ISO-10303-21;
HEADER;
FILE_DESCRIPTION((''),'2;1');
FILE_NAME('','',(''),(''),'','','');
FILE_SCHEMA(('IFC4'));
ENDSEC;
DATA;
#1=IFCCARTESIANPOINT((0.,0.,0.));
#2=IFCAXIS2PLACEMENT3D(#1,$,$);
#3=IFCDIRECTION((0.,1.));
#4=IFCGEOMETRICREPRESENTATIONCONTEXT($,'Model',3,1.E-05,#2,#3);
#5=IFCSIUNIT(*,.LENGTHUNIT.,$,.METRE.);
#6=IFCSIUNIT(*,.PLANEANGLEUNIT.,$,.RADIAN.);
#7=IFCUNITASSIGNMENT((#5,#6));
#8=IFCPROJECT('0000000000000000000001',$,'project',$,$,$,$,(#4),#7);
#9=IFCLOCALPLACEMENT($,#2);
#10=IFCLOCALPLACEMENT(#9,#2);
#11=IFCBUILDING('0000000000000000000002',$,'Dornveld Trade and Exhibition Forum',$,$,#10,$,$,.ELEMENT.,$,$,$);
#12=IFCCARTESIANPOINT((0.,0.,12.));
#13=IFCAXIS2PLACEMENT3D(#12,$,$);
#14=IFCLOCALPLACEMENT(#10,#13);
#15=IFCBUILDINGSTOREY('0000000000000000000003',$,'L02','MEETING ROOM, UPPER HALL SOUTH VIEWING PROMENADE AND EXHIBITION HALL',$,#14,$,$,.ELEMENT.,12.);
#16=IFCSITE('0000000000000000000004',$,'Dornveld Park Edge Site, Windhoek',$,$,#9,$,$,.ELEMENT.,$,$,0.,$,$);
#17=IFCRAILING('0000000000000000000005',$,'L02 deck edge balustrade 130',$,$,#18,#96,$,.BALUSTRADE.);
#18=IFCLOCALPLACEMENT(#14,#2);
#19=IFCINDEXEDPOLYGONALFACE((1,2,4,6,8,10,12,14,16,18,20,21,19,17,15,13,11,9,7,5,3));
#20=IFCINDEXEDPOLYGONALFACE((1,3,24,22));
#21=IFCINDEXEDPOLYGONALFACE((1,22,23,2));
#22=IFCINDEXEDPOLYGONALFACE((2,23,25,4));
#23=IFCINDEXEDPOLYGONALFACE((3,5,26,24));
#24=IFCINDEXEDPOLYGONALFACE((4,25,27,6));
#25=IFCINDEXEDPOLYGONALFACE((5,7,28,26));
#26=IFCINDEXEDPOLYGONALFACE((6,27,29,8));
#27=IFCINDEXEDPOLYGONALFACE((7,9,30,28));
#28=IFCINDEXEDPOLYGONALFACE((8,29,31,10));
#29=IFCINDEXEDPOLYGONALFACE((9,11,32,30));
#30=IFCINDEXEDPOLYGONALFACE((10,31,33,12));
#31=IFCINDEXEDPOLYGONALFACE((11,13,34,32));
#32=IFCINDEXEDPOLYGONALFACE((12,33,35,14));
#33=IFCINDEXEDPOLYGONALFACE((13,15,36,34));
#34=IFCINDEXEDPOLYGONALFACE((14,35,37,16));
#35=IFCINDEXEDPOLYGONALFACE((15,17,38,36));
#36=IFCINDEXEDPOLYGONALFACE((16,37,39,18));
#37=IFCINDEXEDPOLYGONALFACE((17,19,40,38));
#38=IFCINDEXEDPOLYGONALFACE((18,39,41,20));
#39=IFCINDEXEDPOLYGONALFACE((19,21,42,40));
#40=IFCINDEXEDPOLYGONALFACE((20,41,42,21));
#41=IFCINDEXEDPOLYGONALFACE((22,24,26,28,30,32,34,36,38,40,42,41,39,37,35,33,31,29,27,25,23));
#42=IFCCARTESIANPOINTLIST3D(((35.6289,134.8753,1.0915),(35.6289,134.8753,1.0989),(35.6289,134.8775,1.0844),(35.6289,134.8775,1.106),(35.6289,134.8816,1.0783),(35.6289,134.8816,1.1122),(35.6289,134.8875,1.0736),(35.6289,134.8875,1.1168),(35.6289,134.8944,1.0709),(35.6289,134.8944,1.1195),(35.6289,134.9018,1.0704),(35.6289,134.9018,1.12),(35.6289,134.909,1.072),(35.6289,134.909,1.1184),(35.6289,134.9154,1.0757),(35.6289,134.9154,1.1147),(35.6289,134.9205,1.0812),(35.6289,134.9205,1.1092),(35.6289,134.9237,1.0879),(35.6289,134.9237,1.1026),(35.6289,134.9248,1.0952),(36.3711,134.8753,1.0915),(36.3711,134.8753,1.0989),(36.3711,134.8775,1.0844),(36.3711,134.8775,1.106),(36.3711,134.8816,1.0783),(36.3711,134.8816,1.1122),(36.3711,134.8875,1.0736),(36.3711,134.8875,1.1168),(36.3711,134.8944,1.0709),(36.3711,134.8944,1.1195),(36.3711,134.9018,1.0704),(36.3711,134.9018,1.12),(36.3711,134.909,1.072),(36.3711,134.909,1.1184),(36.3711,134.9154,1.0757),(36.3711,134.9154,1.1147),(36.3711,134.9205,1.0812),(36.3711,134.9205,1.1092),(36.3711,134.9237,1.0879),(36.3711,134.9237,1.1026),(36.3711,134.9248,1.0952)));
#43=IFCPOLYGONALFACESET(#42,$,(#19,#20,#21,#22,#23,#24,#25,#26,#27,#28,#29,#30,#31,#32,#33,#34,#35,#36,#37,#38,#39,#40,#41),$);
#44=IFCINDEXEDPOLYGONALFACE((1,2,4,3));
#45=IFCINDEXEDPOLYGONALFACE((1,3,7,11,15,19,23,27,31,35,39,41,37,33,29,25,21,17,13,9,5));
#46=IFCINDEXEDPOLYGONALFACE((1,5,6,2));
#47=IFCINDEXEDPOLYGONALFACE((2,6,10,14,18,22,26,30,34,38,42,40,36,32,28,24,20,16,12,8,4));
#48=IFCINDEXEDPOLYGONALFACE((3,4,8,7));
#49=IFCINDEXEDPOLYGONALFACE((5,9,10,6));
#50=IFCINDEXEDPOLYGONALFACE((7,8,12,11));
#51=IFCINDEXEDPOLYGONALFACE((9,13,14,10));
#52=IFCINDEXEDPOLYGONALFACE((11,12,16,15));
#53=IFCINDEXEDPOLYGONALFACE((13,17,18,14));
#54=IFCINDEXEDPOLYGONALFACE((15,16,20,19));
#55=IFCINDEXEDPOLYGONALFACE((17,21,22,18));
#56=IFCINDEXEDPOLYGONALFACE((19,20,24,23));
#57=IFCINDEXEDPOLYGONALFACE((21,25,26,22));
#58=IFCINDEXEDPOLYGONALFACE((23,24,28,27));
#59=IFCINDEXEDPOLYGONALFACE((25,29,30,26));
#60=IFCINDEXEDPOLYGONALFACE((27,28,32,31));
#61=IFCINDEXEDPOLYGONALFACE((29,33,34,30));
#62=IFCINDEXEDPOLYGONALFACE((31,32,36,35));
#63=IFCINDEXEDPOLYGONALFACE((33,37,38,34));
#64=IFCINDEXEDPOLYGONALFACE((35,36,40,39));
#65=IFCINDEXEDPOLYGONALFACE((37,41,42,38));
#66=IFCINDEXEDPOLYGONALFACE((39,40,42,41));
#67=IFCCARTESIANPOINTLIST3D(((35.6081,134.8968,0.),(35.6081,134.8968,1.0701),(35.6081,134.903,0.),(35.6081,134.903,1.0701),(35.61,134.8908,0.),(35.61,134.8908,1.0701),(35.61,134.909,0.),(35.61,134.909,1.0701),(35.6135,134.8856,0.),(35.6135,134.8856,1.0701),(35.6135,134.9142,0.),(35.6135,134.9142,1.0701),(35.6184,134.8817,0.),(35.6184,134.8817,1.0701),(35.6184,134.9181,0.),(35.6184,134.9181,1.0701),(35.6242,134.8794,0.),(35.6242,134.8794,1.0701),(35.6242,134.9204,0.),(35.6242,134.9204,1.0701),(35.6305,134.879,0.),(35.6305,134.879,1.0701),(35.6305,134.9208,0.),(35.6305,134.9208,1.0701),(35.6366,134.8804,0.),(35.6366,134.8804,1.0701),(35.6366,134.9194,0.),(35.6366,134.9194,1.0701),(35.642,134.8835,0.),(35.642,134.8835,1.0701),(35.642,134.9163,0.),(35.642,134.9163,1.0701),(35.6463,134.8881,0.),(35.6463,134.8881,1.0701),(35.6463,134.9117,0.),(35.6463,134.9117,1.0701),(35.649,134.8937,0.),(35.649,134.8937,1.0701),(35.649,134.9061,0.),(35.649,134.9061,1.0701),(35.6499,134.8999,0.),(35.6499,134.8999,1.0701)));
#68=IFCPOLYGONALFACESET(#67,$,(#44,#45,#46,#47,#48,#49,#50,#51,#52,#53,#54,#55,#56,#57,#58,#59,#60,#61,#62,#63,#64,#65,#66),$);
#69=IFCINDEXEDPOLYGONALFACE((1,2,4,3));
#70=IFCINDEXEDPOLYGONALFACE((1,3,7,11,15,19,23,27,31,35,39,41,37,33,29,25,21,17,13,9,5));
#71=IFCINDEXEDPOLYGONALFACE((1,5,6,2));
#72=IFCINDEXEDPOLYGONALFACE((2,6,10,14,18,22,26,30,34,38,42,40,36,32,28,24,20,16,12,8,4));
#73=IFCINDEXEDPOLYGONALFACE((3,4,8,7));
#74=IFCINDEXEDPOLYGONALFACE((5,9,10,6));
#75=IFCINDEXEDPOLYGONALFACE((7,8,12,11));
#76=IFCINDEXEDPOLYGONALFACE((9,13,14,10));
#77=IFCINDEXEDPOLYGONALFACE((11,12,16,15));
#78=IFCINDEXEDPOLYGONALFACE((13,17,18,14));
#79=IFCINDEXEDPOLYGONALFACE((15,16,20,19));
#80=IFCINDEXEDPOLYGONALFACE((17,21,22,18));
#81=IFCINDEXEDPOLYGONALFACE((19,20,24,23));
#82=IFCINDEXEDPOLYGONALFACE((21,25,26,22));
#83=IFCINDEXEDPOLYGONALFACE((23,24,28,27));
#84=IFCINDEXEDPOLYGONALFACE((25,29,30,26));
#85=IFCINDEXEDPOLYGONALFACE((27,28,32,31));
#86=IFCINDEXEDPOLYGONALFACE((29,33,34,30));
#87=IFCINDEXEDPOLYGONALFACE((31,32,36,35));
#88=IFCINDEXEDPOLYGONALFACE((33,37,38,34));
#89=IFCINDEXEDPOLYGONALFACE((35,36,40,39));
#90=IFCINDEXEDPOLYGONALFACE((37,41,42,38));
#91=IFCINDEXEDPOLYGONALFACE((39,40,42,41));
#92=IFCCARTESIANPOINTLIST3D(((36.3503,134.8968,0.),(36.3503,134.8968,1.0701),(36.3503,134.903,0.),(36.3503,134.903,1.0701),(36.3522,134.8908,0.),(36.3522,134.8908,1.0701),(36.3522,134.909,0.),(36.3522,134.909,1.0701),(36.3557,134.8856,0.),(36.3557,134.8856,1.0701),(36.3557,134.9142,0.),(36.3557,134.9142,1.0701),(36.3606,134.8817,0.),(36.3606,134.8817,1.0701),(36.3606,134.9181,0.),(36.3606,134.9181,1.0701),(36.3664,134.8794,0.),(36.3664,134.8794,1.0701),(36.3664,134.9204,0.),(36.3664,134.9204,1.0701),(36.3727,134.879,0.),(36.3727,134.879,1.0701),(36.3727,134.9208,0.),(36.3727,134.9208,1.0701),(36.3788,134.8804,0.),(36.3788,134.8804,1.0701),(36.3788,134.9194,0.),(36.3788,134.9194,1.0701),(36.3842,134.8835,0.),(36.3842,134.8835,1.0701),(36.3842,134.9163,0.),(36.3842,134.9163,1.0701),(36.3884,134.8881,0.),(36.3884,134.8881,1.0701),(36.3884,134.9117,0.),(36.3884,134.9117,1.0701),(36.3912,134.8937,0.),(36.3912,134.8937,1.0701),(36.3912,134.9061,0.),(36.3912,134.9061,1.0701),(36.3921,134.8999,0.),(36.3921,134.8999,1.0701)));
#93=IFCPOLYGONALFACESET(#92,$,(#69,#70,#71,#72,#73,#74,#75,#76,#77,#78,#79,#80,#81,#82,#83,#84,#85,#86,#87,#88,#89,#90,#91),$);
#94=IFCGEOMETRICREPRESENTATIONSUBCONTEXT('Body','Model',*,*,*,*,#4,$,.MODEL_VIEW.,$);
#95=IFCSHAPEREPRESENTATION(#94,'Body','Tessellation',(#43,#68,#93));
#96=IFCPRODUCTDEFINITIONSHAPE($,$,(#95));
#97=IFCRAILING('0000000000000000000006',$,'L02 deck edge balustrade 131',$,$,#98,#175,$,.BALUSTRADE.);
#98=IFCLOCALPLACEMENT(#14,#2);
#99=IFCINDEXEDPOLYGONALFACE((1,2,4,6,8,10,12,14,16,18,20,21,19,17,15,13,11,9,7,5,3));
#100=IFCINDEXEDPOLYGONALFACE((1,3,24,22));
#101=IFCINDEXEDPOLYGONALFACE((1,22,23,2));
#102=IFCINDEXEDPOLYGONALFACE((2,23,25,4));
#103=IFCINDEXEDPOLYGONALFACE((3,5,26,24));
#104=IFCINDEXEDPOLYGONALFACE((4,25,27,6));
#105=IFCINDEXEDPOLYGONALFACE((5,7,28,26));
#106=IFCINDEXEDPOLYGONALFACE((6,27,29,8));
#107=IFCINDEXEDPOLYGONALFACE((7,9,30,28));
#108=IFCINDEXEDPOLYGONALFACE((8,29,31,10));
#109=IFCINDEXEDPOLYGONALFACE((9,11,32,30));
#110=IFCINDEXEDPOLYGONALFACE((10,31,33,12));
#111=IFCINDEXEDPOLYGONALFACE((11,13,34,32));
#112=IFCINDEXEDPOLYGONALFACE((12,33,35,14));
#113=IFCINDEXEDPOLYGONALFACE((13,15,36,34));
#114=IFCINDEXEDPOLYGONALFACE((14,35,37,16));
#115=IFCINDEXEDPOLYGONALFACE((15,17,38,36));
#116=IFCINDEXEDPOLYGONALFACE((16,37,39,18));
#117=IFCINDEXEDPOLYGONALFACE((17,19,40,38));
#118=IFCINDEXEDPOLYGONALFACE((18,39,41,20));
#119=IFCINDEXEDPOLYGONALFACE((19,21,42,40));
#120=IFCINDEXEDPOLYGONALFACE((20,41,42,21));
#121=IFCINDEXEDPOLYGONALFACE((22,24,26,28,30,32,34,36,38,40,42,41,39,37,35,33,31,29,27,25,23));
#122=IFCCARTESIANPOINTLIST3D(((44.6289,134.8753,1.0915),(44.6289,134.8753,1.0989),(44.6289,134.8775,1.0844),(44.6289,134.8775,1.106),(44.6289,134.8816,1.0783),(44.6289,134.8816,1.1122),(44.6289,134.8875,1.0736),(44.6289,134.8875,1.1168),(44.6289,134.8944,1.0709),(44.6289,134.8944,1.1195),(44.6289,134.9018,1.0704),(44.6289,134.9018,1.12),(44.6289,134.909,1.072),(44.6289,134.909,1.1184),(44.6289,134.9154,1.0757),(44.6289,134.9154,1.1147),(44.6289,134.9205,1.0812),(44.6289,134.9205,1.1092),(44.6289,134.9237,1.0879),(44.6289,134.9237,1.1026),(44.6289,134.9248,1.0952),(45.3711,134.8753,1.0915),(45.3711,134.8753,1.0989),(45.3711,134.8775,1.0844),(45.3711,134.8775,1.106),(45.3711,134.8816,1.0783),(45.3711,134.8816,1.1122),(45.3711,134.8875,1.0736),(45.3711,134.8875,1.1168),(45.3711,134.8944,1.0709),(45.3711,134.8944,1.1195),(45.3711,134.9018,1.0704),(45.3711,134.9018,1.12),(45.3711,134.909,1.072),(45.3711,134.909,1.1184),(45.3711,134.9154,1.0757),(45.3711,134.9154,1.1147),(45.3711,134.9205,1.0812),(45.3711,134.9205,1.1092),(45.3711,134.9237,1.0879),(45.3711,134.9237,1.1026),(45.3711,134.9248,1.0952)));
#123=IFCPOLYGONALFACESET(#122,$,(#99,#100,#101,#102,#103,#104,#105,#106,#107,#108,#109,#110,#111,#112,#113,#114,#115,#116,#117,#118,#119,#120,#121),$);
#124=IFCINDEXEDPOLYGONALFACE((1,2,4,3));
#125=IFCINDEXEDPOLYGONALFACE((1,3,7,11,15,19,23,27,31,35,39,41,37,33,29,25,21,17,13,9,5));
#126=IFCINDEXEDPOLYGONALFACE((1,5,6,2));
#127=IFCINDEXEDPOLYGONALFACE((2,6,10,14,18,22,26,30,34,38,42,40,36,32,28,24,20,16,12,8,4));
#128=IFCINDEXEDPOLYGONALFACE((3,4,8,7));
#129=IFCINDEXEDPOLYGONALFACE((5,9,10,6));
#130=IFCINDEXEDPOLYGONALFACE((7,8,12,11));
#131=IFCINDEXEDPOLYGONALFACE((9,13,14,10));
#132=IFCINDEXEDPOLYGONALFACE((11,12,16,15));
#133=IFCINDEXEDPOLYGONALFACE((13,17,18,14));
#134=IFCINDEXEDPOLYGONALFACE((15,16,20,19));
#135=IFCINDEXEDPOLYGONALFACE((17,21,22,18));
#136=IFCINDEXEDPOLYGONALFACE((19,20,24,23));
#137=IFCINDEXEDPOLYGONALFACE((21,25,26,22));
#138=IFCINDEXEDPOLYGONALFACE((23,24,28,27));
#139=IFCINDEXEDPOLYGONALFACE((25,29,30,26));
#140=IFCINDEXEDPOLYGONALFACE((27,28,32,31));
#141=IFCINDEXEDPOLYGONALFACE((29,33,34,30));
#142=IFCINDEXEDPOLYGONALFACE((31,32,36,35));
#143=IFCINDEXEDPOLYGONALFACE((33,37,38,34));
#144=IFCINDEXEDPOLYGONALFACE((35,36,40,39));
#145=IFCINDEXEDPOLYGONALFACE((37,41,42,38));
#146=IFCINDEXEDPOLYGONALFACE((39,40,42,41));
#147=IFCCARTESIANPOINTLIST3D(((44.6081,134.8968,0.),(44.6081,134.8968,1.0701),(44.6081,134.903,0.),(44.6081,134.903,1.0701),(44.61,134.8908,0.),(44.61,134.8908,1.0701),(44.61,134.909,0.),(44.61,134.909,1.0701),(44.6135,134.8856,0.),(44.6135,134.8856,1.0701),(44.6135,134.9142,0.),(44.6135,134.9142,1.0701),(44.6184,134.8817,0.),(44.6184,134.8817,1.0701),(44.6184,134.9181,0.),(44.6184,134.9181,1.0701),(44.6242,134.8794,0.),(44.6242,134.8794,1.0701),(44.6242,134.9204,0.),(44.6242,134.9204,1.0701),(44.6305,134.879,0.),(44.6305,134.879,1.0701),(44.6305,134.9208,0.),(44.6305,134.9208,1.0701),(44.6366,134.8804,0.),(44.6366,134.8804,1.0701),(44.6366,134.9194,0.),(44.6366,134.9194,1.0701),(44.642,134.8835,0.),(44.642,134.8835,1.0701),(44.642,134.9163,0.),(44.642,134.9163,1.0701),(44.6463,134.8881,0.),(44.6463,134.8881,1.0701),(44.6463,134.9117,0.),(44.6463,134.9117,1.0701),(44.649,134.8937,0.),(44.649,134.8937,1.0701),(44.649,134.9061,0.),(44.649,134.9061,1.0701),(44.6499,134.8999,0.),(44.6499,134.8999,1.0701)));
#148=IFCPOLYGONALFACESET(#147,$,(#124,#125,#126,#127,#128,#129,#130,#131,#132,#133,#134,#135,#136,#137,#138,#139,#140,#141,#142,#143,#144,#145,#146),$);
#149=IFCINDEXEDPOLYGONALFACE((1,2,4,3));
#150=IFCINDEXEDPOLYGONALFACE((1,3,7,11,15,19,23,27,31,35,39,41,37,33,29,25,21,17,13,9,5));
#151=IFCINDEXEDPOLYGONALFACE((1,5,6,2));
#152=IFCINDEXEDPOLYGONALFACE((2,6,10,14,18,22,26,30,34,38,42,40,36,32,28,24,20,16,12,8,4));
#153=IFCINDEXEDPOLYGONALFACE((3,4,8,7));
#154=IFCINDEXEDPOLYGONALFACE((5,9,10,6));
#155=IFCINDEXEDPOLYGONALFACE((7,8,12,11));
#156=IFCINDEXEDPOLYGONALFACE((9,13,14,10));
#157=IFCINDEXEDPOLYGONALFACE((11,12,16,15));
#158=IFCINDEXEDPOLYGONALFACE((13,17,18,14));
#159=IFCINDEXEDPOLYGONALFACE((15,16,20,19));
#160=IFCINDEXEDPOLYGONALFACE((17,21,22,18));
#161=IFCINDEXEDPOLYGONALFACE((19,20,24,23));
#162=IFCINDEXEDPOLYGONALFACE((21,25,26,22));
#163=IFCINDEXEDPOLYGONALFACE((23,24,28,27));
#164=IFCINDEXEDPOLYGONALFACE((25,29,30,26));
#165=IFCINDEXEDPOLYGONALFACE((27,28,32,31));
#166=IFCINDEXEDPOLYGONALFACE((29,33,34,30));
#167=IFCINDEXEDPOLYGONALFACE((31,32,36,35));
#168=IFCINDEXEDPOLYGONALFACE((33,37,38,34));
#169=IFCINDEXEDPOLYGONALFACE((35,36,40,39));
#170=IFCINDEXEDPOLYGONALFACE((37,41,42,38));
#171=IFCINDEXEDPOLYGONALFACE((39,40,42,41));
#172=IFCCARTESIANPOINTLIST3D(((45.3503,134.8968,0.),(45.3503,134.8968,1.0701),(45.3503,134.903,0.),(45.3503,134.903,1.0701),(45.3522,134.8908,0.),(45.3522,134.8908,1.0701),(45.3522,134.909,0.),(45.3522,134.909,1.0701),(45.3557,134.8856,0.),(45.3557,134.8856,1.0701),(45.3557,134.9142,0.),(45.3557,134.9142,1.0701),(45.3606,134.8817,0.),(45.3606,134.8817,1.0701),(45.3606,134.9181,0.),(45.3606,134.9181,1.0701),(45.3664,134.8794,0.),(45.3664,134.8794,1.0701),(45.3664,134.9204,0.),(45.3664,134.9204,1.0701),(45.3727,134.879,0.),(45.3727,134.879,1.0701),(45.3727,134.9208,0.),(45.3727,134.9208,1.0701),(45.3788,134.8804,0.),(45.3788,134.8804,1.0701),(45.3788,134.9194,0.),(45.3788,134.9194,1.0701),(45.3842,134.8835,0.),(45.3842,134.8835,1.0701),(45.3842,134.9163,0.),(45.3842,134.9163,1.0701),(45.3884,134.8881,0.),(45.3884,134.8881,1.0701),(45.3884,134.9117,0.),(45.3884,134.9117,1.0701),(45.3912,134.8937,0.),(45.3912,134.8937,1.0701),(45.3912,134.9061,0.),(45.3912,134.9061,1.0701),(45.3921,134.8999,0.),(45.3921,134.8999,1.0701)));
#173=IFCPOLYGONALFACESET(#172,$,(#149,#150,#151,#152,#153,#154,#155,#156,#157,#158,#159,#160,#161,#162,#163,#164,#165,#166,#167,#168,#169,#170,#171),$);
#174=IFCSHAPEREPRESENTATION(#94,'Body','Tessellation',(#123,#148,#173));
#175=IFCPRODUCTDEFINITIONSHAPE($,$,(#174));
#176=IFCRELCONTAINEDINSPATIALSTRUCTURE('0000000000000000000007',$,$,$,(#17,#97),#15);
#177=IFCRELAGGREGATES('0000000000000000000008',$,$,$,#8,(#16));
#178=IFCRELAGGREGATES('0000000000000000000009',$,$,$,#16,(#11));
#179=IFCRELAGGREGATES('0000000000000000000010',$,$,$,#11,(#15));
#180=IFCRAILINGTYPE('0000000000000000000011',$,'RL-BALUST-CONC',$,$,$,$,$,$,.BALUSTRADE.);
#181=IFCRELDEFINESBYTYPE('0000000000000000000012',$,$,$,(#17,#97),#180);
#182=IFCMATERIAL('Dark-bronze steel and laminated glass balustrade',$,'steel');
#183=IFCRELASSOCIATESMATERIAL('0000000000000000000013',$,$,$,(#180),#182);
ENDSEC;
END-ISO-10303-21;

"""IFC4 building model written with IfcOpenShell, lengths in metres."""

from ifc_helpers import new_model, si_unit, direction, frame, origin, origin_2d, place, context, subcontext, project, spatial, circle, extrude, material, type_object, element, save


model = new_model("IFC4")

# Units and contexts
model_context = context("Model", 3, precision=1e-05, world=origin(), true_north=direction((0.0, 1.0)))
body_context = subcontext(model_context, "Body", "Model", "MODEL_VIEW")
ifc_project = project(units=[si_unit("LENGTHUNIT", "METRE"), si_unit("PLANEANGLEUNIT", "RADIAN")], contexts=[model_context])

# Site, building, storey
site_placement = place(None, origin())
site = spatial("IfcSite", under=ifc_project, at=site_placement, Name="Dornveld Park Edge Site, Windhoek", CompositionType="ELEMENT", RefElevation=0.0)
building_placement = place(site_placement, origin())
building = spatial("IfcBuilding", under=site, at=building_placement, Name="Dornveld Trade and Exhibition Forum", CompositionType="ELEMENT")
storey_placement = place(building_placement, frame((0.0, 0.0, 12.0)))
storey = spatial("IfcBuildingStorey", under=building, at=storey_placement, Name="L02", Description="MEETING ROOM, UPPER HALL SOUTH VIEWING PROMENADE AND EXHIBITION HALL", CompositionType="ELEMENT", Elevation=12.0)

# Railings
ifc_material_1 = material(Name="Dark-bronze steel and laminated glass balustrade", Category="steel")
railing_type = type_object("IfcRailingType", Name="RL-BALUST-CONC", PredefinedType="BALUSTRADE", material=ifc_material_1)
for number, where, name in (
    (1, (35.6289, 134.8999, 0.0), "L02 deck edge balustrade 130"),
    (2, (44.6289, 134.8999, 0.0), "L02 deck edge balustrade 131"),
):
    element("IfcRailing", number, at=place(storey_placement, frame(where)), inside=storey, type_object=railing_type, Name=name, PredefinedType="BALUSTRADE", context=body_context, shape_type="SweptSolid", body=[
        extrude(circle(Radius=0.0249, at=origin_2d()), frame((0.0, 0.0, 1.0952), z_axis=(1.0, 0.0, 0.0), x_axis=(0.0, 1.0, 0.0)), (0.0, 0.0, 1.0), 0.7422),
        extrude(circle(Radius=0.021, at=origin_2d()), origin(), (0.0, 0.0, 1.0), 1.0701),
        extrude(circle(Radius=0.021, at=origin_2d()), frame((0.7422, 0.0, 0.0)), (0.0, 0.0, 1.0), 1.0701),
    ])

save(model, "model.ifc")
